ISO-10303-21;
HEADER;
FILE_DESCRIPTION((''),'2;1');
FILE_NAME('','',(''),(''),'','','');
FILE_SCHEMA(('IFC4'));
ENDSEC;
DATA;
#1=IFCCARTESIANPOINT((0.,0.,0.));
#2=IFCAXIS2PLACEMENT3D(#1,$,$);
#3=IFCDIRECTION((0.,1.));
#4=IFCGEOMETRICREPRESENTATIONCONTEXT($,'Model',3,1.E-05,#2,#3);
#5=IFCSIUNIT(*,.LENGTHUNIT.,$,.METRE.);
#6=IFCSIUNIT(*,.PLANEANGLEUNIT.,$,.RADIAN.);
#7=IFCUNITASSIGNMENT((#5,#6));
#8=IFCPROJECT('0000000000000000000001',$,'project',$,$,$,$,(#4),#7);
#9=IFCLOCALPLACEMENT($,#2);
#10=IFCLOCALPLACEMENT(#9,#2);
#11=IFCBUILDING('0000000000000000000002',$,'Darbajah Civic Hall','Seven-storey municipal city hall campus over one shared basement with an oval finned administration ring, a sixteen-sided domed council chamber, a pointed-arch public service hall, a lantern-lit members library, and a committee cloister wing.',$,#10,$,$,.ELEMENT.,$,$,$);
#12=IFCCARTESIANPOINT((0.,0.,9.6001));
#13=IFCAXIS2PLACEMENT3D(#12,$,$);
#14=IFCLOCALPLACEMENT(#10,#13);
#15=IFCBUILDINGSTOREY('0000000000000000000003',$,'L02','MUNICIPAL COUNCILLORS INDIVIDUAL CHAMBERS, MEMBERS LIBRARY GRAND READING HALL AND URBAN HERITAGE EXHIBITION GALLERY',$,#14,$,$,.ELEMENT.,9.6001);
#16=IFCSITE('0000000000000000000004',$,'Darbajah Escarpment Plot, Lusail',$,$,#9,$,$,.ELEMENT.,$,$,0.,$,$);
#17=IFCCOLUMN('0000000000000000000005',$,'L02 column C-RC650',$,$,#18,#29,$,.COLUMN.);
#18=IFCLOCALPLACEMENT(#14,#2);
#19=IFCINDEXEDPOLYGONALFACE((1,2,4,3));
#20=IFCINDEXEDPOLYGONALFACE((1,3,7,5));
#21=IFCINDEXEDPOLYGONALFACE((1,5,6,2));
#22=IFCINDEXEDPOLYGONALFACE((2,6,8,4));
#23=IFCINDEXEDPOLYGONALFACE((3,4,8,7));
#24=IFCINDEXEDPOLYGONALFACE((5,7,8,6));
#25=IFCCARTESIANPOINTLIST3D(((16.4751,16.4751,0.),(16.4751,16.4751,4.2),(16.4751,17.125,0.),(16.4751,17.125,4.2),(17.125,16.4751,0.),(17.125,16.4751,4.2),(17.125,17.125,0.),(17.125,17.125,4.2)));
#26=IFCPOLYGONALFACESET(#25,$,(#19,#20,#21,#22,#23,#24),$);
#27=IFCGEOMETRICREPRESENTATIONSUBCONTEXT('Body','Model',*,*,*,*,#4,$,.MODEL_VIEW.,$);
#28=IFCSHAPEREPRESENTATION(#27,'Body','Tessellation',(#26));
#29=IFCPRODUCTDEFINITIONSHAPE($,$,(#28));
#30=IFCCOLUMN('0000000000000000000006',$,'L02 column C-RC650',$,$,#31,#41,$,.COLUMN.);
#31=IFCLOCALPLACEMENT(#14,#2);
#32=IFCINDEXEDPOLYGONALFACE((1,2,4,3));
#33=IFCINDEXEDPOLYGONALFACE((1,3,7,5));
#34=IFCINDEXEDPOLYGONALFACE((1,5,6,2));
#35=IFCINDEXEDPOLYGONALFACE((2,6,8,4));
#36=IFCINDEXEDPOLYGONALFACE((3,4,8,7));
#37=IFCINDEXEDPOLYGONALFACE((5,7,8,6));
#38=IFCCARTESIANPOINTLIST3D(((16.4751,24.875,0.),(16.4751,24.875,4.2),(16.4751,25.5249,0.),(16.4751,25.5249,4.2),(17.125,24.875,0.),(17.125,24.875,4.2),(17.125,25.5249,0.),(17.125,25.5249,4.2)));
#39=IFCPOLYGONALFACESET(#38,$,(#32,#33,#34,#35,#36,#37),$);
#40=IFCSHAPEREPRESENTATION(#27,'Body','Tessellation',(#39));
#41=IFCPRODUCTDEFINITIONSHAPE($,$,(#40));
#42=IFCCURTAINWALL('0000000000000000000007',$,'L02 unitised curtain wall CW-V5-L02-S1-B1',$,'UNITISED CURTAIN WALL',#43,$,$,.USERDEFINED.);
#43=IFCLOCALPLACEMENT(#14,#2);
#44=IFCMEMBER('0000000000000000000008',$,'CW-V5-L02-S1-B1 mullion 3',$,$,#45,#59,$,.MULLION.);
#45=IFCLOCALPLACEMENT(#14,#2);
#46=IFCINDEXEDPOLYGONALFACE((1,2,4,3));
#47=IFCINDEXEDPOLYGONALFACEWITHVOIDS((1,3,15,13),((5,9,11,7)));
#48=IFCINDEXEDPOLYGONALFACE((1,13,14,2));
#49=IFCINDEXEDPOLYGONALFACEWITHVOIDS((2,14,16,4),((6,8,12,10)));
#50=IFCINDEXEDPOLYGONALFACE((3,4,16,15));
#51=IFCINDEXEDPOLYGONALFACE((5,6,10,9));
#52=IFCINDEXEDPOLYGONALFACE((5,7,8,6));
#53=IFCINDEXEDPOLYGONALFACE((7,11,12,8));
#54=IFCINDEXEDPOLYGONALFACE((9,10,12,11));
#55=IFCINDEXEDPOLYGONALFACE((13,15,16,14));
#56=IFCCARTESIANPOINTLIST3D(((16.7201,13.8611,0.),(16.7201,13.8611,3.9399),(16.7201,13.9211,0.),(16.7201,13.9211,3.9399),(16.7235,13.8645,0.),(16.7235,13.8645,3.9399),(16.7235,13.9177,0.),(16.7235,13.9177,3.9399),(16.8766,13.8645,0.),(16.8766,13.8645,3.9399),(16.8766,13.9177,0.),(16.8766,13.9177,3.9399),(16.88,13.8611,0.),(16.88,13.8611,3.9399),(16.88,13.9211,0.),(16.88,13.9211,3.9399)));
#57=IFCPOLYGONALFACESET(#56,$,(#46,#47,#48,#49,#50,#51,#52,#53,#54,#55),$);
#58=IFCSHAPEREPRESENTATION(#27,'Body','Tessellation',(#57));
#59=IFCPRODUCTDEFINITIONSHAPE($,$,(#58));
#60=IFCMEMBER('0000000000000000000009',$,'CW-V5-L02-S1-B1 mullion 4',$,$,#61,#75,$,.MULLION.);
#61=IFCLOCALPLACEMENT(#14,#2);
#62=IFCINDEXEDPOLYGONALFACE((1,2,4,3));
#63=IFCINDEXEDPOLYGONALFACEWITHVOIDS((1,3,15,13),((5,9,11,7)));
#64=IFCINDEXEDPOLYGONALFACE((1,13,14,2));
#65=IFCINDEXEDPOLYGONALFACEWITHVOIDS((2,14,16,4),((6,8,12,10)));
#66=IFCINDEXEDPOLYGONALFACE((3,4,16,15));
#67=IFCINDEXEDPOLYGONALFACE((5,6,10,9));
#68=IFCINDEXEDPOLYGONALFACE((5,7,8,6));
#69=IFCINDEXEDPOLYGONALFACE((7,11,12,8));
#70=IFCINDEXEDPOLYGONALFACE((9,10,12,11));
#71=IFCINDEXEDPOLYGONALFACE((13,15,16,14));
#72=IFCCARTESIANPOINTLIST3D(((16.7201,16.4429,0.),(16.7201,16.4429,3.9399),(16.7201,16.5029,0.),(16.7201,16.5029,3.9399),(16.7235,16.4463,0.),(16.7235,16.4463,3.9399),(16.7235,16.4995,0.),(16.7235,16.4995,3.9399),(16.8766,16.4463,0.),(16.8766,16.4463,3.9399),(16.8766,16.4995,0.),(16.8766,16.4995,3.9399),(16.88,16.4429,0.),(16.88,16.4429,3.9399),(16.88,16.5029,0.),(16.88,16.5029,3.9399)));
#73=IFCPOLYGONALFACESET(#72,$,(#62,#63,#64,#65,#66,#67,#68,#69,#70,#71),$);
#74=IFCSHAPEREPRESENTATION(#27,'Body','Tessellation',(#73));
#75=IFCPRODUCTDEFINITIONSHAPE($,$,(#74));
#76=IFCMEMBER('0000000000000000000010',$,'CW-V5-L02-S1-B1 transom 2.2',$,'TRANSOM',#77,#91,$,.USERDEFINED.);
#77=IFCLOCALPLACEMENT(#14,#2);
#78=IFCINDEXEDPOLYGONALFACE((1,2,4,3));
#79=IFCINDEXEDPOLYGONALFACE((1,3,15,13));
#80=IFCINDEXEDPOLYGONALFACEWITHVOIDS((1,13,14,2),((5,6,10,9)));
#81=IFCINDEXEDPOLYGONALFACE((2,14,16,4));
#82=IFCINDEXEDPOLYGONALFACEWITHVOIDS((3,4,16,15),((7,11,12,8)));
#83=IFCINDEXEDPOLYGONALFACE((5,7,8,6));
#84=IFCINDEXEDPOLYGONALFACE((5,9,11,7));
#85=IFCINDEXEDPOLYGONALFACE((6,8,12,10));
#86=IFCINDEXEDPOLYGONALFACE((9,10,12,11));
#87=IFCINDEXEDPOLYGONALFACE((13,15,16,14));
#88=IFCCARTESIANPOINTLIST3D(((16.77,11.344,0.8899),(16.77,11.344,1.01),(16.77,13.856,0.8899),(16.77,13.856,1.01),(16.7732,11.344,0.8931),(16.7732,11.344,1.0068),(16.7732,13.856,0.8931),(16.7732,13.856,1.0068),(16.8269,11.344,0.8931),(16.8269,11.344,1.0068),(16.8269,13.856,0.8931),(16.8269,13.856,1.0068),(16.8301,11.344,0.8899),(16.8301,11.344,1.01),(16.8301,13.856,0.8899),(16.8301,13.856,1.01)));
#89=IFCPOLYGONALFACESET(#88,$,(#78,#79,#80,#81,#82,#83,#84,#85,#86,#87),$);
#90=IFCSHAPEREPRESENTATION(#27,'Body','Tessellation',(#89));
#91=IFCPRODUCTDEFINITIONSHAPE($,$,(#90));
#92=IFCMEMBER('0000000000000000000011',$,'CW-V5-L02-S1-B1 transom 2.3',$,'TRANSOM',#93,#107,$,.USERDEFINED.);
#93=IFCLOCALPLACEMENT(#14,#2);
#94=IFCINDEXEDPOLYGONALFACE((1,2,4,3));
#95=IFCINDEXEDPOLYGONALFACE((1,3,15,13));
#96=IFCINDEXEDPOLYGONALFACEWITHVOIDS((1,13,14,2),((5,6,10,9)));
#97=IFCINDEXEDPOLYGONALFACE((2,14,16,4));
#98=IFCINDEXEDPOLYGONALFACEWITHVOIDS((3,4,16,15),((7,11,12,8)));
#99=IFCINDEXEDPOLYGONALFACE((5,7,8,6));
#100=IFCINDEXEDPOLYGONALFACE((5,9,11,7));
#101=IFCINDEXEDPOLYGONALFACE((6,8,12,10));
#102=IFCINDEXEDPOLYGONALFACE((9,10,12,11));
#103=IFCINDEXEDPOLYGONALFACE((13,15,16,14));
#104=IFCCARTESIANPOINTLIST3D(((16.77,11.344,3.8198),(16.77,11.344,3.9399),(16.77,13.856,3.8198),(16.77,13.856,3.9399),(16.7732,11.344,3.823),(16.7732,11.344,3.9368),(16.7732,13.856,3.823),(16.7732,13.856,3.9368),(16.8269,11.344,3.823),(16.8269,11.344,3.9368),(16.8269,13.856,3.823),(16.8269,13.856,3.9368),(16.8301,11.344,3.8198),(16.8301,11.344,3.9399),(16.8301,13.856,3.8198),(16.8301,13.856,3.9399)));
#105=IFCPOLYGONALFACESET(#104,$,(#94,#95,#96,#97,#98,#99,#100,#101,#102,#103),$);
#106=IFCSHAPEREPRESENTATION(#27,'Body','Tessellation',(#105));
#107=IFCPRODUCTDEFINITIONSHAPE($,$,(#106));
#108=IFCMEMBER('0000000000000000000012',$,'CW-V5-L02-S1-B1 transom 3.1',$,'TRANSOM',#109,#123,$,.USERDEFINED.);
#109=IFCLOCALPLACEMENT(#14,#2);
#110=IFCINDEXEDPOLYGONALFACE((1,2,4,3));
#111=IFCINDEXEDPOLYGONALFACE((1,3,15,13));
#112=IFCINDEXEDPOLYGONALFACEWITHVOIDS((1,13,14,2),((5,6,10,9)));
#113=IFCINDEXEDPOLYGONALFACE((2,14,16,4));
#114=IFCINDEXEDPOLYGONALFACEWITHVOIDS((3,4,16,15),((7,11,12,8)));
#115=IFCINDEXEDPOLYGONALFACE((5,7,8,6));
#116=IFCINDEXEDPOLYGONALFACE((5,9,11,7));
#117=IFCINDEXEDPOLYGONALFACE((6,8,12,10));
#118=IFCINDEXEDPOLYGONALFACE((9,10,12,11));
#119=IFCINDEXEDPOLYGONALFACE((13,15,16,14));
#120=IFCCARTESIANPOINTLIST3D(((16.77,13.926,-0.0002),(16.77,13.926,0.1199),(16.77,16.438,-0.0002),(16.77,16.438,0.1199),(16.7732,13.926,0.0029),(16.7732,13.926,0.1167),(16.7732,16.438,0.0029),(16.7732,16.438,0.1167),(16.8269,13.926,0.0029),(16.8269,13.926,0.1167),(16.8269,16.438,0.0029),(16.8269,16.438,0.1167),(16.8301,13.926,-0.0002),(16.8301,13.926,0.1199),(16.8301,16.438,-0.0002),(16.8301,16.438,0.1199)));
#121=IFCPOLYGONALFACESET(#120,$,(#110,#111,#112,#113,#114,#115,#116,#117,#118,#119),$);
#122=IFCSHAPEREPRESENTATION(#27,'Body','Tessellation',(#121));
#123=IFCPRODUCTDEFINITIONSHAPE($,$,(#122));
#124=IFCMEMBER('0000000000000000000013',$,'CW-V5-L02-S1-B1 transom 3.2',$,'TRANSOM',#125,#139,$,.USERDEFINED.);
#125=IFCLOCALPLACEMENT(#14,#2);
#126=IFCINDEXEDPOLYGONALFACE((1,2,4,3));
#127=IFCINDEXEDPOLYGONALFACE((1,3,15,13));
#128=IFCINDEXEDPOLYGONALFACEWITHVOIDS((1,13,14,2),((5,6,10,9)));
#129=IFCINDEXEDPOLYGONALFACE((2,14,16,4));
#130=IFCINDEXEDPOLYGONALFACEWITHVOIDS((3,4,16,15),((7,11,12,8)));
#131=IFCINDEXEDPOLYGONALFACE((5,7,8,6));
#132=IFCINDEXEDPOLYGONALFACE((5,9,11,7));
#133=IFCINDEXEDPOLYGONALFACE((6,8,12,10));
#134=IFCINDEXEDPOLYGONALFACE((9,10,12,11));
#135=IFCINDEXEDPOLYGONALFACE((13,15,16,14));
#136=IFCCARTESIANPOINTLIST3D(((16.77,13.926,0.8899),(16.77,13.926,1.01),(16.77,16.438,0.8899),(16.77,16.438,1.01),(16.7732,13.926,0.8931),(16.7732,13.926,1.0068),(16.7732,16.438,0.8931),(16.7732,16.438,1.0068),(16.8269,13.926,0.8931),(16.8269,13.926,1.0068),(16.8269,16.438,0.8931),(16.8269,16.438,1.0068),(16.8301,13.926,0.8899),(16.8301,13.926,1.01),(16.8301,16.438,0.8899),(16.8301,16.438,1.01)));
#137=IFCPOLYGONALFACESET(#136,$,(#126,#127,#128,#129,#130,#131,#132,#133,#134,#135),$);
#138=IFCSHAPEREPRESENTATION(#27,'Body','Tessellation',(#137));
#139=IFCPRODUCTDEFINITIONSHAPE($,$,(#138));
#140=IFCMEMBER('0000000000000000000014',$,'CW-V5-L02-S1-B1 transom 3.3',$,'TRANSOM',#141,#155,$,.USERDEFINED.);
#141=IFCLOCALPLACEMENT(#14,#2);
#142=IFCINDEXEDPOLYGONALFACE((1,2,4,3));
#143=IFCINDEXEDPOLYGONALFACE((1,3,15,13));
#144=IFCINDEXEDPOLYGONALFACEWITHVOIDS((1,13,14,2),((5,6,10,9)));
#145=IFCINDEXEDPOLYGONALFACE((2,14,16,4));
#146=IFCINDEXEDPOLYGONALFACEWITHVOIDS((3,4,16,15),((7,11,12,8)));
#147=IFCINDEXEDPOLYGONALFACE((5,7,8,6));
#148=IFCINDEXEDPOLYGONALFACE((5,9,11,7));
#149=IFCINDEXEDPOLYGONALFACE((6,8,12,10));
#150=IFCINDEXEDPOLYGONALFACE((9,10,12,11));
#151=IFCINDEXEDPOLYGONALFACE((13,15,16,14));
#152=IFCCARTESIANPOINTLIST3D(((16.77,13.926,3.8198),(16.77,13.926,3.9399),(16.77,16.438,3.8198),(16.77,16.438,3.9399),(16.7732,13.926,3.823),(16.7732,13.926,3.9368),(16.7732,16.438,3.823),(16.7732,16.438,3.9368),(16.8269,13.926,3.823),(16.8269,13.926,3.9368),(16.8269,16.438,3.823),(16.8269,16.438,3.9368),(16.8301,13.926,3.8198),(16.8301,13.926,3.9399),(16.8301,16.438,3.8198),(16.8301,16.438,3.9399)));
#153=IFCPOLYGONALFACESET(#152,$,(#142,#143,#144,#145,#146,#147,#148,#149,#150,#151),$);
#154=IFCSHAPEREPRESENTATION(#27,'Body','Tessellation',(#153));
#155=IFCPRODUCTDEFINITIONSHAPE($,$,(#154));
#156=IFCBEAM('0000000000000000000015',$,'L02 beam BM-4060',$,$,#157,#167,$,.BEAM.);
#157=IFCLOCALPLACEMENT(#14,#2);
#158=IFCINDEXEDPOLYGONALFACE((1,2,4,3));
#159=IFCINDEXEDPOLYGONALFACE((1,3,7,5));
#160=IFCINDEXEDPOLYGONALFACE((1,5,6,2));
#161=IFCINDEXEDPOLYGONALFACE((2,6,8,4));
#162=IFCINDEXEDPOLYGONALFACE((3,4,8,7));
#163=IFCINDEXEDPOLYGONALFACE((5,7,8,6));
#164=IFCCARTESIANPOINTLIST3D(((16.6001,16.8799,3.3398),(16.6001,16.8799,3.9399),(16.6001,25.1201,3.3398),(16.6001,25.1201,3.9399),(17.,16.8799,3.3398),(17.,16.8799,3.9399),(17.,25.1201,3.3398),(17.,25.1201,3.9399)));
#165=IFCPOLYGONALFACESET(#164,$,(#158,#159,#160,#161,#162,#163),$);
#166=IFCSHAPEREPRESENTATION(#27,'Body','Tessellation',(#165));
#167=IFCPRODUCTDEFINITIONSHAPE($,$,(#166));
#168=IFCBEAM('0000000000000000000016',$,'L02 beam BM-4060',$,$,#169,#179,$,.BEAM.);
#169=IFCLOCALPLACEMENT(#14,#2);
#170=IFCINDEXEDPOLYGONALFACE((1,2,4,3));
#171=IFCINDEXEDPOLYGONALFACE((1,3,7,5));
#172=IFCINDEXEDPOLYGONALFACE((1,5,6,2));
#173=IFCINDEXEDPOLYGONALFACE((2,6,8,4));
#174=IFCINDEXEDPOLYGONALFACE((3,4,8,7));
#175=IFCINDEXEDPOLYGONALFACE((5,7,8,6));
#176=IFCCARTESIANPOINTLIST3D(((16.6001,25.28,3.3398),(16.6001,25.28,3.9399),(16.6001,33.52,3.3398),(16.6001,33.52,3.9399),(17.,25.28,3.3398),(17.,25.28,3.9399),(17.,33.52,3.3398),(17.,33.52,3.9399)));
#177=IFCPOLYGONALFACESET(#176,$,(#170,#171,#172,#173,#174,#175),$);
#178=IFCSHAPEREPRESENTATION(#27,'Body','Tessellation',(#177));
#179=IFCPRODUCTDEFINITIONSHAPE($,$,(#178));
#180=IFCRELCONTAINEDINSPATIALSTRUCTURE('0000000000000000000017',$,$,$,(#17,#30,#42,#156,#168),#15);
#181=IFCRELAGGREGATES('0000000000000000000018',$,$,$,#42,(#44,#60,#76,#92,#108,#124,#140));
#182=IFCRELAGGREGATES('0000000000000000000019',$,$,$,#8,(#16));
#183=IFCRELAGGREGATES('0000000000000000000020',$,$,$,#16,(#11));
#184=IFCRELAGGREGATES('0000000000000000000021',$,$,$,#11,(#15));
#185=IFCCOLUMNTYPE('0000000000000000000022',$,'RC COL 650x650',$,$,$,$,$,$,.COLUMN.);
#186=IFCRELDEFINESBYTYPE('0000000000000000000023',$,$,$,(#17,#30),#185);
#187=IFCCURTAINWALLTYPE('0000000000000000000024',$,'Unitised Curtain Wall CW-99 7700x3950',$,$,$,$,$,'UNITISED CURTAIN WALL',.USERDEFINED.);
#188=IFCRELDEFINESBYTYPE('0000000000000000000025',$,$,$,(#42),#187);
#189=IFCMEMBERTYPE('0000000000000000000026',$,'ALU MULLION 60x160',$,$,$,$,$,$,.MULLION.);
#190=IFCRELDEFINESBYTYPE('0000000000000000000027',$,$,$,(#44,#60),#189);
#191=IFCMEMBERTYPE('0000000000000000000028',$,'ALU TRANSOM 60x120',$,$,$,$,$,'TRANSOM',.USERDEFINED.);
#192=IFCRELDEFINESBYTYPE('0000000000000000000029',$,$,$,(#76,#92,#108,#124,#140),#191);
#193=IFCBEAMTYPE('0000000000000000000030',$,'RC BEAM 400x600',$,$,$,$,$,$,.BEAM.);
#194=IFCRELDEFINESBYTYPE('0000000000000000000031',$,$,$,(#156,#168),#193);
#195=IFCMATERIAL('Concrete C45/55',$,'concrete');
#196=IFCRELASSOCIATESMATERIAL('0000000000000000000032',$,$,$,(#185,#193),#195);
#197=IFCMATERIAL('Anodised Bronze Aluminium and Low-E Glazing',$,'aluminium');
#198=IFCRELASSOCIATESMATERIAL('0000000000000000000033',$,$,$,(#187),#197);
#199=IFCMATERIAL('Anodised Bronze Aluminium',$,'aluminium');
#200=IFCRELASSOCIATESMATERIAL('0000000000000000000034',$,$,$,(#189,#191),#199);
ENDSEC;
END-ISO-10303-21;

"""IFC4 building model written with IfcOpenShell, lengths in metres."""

from ifc_helpers import new_model, si_unit, direction, frame, origin, origin_2d, place, context, subcontext, project, spatial, rectangle, hollow_rectangle, extrude, material, material_profile, profile_set, type_object, element, aggregate, save


model = new_model("IFC4")

# Units and contexts
model_context = context("Model", 3, precision=1e-05, world=origin(), true_north=direction((0.0, 1.0)))
body_context = subcontext(model_context, "Body", "Model", "MODEL_VIEW")
ifc_project = project(units=[si_unit("LENGTHUNIT", "METRE"), si_unit("PLANEANGLEUNIT", "RADIAN")], contexts=[model_context])

# Site, building, storey
site_placement = place(None, origin())
site = spatial("IfcSite", under=ifc_project, at=site_placement, Name="Darbajah Escarpment Plot, Lusail", CompositionType="ELEMENT", RefElevation=0.0)
building_placement = place(site_placement, origin())
building = spatial("IfcBuilding", under=site, at=building_placement, Name="Darbajah Civic Hall", Description="Seven-storey municipal city hall campus over one shared basement with an oval finned administration ring, a sixteen-sided domed council chamber, a pointed-arch public service hall, a lantern-lit members library, and a committee cloister wing.", CompositionType="ELEMENT")
storey_placement = place(building_placement, frame((0.0, 0.0, 9.6001)))
storey = spatial("IfcBuildingStorey", under=building, at=storey_placement, Name="L02", Description="MUNICIPAL COUNCILLORS INDIVIDUAL CHAMBERS, MEMBERS LIBRARY GRAND READING HALL AND URBAN HERITAGE EXHIBITION GALLERY", CompositionType="ELEMENT", Elevation=9.6001)

# Columns
ifc_material_1 = material(Name="Concrete C45/55", Category="concrete")
ifc_material_profile_1 = material_profile(ifc_material_1, rectangle(XDim=0.6499, YDim=0.6499, at=origin_2d()), Name="RC COL 650x650")
ifc_profile_set_1 = profile_set([ifc_material_profile_1], Name="Concrete C45/55")
column_type = type_object("IfcColumnType", Name="RC COL 650x650", PredefinedType="COLUMN", material=ifc_profile_set_1)
for number, where, z_axis, x_axis, name in (
    (1, (16.8, 16.8, 0.0), (0.0, 0.0, 1.0), (1.0, 0.0, 0.0), "L02 column C-RC650"),
    (2, (16.8, 25.2, 0.0), (0.0, 0.0, 1.0), (1.0, 0.0, 0.0), "L02 column C-RC650"),
):
    element("IfcColumn", number, at=place(storey_placement, frame(where, z_axis=z_axis, x_axis=x_axis)), inside=storey, type_object=column_type, Name=name, PredefinedType="COLUMN", context=body_context, shape_type="SweptSolid", body=[
        extrude(rectangle(XDim=0.6499, YDim=0.6499, at=origin_2d()), origin(), (0.0, 0.0, 1.0), 4.2),
    ])

# Curtain wall, members
ifc_material_2 = material(Name="Anodised Bronze Aluminium and Low-E Glazing", Category="aluminium")
curtain_wall_type = type_object("IfcCurtainWallType", Name="Unitised Curtain Wall CW-99 7700x3950", ElementType="UNITISED CURTAIN WALL", PredefinedType="USERDEFINED", material=ifc_material_2)
curtain_wall_placement = place(storey_placement, origin())
curtain_wall = element("IfcCurtainWall", 3, at=curtain_wall_placement, inside=storey, type_object=curtain_wall_type, Name="L02 unitised curtain wall CW-V5-L02-S1-B1", ObjectType="UNITISED CURTAIN WALL", PredefinedType="USERDEFINED")
ifc_material_3 = material(Name="Anodised Bronze Aluminium", Category="aluminium")
ifc_material_profile_2 = material_profile(ifc_material_3, hollow_rectangle(XDim=0.0601, YDim=0.1599, WallThickness=0.0034, at=origin_2d()), Name="ALU MULLION 60x160")
ifc_profile_set_2 = profile_set([ifc_material_profile_2], Name="Anodised Bronze Aluminium")
member_type_1 = type_object("IfcMemberType", Name="ALU MULLION 60x160", PredefinedType="MULLION", material=ifc_profile_set_2)
member_1_placement = place(storey_placement, frame((16.8, 13.8911, 0.0), z_axis=(0.0, 0.0, 1.0), x_axis=(0.0, 1.0, 0.0)))
member_1 = element("IfcMember", 4, at=member_1_placement, type_object=member_type_1, Name="CW-V5-L02-S1-B1 mullion 3", PredefinedType="MULLION", context=body_context, shape_type="SweptSolid", body=[
    extrude(hollow_rectangle(XDim=0.0601, YDim=0.1599, WallThickness=0.0034, at=origin_2d()), origin(), (0.0, 0.0, 1.0), 3.9399),
])
member_2_placement = place(storey_placement, frame((16.8, 16.4729, 0.0), z_axis=(0.0, 0.0, 1.0), x_axis=(0.0, 1.0, 0.0)))
member_2 = element("IfcMember", 5, at=member_2_placement, type_object=member_type_1, Name="CW-V5-L02-S1-B1 mullion 4", PredefinedType="MULLION", context=body_context, shape_type="SweptSolid", body=[
    extrude(hollow_rectangle(XDim=0.0601, YDim=0.1599, WallThickness=0.0034, at=origin_2d()), origin(), (0.0, 0.0, 1.0), 3.9399),
])
ifc_material_profile_3 = material_profile(ifc_material_3, hollow_rectangle(XDim=0.0601, YDim=0.1201, WallThickness=0.0032, at=origin_2d()), Name="ALU TRANSOM 60x120")
ifc_profile_set_3 = profile_set([ifc_material_profile_3], Name="Anodised Bronze Aluminium")
member_type_2 = type_object("IfcMemberType", Name="ALU TRANSOM 60x120", ElementType="TRANSOM", PredefinedType="USERDEFINED", material=ifc_profile_set_3)
member_3_placement = place(storey_placement, frame((16.8, 11.344, 0.95), z_axis=(0.0, 1.0, 0.0), x_axis=(-1.0, 0.0, 0.0)))
member_3 = element("IfcMember", 6, at=member_3_placement, type_object=member_type_2, Name="CW-V5-L02-S1-B1 transom 2.2", ObjectType="TRANSOM", PredefinedType="USERDEFINED", context=body_context, shape_type="SweptSolid", body=[
    extrude(hollow_rectangle(XDim=0.0601, YDim=0.1201, WallThickness=0.0032, at=origin_2d()), origin(), (0.0, 0.0, 1.0), 2.512),
])
member_4_placement = place(storey_placement, frame((16.8, 11.344, 3.8799), z_axis=(0.0, 1.0, 0.0), x_axis=(-1.0, 0.0, 0.0)))
member_4 = element("IfcMember", 7, at=member_4_placement, type_object=member_type_2, Name="CW-V5-L02-S1-B1 transom 2.3", ObjectType="TRANSOM", PredefinedType="USERDEFINED", context=body_context, shape_type="SweptSolid", body=[
    extrude(hollow_rectangle(XDim=0.0601, YDim=0.1201, WallThickness=0.0032, at=origin_2d()), origin(), (0.0, 0.0, 1.0), 2.512),
])
member_5_placement = place(storey_placement, frame((16.8, 13.926, 0.0598), z_axis=(0.0, 1.0, 0.0), x_axis=(-1.0, 0.0, 0.0)))
member_5 = element("IfcMember", 8, at=member_5_placement, type_object=member_type_2, Name="CW-V5-L02-S1-B1 transom 3.1", ObjectType="TRANSOM", PredefinedType="USERDEFINED", context=body_context, shape_type="SweptSolid", body=[
    extrude(hollow_rectangle(XDim=0.0601, YDim=0.1201, WallThickness=0.0032, at=origin_2d()), origin(), (0.0, 0.0, 1.0), 2.512),
])
member_6_placement = place(storey_placement, frame((16.8, 13.926, 0.95), z_axis=(0.0, 1.0, 0.0), x_axis=(-1.0, 0.0, 0.0)))
member_6 = element("IfcMember", 9, at=member_6_placement, type_object=member_type_2, Name="CW-V5-L02-S1-B1 transom 3.2", ObjectType="TRANSOM", PredefinedType="USERDEFINED", context=body_context, shape_type="SweptSolid", body=[
    extrude(hollow_rectangle(XDim=0.0601, YDim=0.1201, WallThickness=0.0032, at=origin_2d()), origin(), (0.0, 0.0, 1.0), 2.512),
])
member_7_placement = place(storey_placement, frame((16.8, 13.926, 3.8799), z_axis=(0.0, 1.0, 0.0), x_axis=(-1.0, 0.0, 0.0)))
member_7 = element("IfcMember", 10, at=member_7_placement, type_object=member_type_2, Name="CW-V5-L02-S1-B1 transom 3.3", ObjectType="TRANSOM", PredefinedType="USERDEFINED", context=body_context, shape_type="SweptSolid", body=[
    extrude(hollow_rectangle(XDim=0.0601, YDim=0.1201, WallThickness=0.0032, at=origin_2d()), origin(), (0.0, 0.0, 1.0), 2.512),
])

# Beams
ifc_material_profile_4 = material_profile(ifc_material_1, rectangle(XDim=0.3999, YDim=0.6001, at=origin_2d()), Name="RC BEAM 400x600")
ifc_profile_set_4 = profile_set([ifc_material_profile_4], Name="Concrete C45/55")
beam_type_1 = type_object("IfcBeamType", Name="RC BEAM 400x600", PredefinedType="BEAM", material=ifc_profile_set_4)
beam_1_placement = place(storey_placement, frame((16.8, 16.8799, 3.6399), z_axis=(0.0, 1.0, 0.0), x_axis=(-1.0, 0.0, 0.0)))
element("IfcBeam", 11, at=beam_1_placement, inside=storey, type_object=beam_type_1, Name="L02 beam BM-4060", PredefinedType="BEAM", context=body_context, shape_type="SweptSolid", body=[
    extrude(rectangle(XDim=0.3999, YDim=0.6001, at=origin_2d()), origin(), (0.0, 0.0, 1.0), 8.2402),
])
beam_2_placement = place(storey_placement, frame((16.8, 25.28, 3.6399), z_axis=(0.0, 1.0, 0.0), x_axis=(-1.0, 0.0, 0.0)))
element("IfcBeam", 12, at=beam_2_placement, inside=storey, type_object=beam_type_1, Name="L02 beam BM-4060", PredefinedType="BEAM", context=body_context, shape_type="SweptSolid", body=[
    extrude(rectangle(XDim=0.3999, YDim=0.6001, at=origin_2d()), origin(), (0.0, 0.0, 1.0), 8.24),
])

aggregate(curtain_wall, [member_1, member_2, member_3, member_4, member_5, member_6, member_7])

save(model, "model.ifc")
